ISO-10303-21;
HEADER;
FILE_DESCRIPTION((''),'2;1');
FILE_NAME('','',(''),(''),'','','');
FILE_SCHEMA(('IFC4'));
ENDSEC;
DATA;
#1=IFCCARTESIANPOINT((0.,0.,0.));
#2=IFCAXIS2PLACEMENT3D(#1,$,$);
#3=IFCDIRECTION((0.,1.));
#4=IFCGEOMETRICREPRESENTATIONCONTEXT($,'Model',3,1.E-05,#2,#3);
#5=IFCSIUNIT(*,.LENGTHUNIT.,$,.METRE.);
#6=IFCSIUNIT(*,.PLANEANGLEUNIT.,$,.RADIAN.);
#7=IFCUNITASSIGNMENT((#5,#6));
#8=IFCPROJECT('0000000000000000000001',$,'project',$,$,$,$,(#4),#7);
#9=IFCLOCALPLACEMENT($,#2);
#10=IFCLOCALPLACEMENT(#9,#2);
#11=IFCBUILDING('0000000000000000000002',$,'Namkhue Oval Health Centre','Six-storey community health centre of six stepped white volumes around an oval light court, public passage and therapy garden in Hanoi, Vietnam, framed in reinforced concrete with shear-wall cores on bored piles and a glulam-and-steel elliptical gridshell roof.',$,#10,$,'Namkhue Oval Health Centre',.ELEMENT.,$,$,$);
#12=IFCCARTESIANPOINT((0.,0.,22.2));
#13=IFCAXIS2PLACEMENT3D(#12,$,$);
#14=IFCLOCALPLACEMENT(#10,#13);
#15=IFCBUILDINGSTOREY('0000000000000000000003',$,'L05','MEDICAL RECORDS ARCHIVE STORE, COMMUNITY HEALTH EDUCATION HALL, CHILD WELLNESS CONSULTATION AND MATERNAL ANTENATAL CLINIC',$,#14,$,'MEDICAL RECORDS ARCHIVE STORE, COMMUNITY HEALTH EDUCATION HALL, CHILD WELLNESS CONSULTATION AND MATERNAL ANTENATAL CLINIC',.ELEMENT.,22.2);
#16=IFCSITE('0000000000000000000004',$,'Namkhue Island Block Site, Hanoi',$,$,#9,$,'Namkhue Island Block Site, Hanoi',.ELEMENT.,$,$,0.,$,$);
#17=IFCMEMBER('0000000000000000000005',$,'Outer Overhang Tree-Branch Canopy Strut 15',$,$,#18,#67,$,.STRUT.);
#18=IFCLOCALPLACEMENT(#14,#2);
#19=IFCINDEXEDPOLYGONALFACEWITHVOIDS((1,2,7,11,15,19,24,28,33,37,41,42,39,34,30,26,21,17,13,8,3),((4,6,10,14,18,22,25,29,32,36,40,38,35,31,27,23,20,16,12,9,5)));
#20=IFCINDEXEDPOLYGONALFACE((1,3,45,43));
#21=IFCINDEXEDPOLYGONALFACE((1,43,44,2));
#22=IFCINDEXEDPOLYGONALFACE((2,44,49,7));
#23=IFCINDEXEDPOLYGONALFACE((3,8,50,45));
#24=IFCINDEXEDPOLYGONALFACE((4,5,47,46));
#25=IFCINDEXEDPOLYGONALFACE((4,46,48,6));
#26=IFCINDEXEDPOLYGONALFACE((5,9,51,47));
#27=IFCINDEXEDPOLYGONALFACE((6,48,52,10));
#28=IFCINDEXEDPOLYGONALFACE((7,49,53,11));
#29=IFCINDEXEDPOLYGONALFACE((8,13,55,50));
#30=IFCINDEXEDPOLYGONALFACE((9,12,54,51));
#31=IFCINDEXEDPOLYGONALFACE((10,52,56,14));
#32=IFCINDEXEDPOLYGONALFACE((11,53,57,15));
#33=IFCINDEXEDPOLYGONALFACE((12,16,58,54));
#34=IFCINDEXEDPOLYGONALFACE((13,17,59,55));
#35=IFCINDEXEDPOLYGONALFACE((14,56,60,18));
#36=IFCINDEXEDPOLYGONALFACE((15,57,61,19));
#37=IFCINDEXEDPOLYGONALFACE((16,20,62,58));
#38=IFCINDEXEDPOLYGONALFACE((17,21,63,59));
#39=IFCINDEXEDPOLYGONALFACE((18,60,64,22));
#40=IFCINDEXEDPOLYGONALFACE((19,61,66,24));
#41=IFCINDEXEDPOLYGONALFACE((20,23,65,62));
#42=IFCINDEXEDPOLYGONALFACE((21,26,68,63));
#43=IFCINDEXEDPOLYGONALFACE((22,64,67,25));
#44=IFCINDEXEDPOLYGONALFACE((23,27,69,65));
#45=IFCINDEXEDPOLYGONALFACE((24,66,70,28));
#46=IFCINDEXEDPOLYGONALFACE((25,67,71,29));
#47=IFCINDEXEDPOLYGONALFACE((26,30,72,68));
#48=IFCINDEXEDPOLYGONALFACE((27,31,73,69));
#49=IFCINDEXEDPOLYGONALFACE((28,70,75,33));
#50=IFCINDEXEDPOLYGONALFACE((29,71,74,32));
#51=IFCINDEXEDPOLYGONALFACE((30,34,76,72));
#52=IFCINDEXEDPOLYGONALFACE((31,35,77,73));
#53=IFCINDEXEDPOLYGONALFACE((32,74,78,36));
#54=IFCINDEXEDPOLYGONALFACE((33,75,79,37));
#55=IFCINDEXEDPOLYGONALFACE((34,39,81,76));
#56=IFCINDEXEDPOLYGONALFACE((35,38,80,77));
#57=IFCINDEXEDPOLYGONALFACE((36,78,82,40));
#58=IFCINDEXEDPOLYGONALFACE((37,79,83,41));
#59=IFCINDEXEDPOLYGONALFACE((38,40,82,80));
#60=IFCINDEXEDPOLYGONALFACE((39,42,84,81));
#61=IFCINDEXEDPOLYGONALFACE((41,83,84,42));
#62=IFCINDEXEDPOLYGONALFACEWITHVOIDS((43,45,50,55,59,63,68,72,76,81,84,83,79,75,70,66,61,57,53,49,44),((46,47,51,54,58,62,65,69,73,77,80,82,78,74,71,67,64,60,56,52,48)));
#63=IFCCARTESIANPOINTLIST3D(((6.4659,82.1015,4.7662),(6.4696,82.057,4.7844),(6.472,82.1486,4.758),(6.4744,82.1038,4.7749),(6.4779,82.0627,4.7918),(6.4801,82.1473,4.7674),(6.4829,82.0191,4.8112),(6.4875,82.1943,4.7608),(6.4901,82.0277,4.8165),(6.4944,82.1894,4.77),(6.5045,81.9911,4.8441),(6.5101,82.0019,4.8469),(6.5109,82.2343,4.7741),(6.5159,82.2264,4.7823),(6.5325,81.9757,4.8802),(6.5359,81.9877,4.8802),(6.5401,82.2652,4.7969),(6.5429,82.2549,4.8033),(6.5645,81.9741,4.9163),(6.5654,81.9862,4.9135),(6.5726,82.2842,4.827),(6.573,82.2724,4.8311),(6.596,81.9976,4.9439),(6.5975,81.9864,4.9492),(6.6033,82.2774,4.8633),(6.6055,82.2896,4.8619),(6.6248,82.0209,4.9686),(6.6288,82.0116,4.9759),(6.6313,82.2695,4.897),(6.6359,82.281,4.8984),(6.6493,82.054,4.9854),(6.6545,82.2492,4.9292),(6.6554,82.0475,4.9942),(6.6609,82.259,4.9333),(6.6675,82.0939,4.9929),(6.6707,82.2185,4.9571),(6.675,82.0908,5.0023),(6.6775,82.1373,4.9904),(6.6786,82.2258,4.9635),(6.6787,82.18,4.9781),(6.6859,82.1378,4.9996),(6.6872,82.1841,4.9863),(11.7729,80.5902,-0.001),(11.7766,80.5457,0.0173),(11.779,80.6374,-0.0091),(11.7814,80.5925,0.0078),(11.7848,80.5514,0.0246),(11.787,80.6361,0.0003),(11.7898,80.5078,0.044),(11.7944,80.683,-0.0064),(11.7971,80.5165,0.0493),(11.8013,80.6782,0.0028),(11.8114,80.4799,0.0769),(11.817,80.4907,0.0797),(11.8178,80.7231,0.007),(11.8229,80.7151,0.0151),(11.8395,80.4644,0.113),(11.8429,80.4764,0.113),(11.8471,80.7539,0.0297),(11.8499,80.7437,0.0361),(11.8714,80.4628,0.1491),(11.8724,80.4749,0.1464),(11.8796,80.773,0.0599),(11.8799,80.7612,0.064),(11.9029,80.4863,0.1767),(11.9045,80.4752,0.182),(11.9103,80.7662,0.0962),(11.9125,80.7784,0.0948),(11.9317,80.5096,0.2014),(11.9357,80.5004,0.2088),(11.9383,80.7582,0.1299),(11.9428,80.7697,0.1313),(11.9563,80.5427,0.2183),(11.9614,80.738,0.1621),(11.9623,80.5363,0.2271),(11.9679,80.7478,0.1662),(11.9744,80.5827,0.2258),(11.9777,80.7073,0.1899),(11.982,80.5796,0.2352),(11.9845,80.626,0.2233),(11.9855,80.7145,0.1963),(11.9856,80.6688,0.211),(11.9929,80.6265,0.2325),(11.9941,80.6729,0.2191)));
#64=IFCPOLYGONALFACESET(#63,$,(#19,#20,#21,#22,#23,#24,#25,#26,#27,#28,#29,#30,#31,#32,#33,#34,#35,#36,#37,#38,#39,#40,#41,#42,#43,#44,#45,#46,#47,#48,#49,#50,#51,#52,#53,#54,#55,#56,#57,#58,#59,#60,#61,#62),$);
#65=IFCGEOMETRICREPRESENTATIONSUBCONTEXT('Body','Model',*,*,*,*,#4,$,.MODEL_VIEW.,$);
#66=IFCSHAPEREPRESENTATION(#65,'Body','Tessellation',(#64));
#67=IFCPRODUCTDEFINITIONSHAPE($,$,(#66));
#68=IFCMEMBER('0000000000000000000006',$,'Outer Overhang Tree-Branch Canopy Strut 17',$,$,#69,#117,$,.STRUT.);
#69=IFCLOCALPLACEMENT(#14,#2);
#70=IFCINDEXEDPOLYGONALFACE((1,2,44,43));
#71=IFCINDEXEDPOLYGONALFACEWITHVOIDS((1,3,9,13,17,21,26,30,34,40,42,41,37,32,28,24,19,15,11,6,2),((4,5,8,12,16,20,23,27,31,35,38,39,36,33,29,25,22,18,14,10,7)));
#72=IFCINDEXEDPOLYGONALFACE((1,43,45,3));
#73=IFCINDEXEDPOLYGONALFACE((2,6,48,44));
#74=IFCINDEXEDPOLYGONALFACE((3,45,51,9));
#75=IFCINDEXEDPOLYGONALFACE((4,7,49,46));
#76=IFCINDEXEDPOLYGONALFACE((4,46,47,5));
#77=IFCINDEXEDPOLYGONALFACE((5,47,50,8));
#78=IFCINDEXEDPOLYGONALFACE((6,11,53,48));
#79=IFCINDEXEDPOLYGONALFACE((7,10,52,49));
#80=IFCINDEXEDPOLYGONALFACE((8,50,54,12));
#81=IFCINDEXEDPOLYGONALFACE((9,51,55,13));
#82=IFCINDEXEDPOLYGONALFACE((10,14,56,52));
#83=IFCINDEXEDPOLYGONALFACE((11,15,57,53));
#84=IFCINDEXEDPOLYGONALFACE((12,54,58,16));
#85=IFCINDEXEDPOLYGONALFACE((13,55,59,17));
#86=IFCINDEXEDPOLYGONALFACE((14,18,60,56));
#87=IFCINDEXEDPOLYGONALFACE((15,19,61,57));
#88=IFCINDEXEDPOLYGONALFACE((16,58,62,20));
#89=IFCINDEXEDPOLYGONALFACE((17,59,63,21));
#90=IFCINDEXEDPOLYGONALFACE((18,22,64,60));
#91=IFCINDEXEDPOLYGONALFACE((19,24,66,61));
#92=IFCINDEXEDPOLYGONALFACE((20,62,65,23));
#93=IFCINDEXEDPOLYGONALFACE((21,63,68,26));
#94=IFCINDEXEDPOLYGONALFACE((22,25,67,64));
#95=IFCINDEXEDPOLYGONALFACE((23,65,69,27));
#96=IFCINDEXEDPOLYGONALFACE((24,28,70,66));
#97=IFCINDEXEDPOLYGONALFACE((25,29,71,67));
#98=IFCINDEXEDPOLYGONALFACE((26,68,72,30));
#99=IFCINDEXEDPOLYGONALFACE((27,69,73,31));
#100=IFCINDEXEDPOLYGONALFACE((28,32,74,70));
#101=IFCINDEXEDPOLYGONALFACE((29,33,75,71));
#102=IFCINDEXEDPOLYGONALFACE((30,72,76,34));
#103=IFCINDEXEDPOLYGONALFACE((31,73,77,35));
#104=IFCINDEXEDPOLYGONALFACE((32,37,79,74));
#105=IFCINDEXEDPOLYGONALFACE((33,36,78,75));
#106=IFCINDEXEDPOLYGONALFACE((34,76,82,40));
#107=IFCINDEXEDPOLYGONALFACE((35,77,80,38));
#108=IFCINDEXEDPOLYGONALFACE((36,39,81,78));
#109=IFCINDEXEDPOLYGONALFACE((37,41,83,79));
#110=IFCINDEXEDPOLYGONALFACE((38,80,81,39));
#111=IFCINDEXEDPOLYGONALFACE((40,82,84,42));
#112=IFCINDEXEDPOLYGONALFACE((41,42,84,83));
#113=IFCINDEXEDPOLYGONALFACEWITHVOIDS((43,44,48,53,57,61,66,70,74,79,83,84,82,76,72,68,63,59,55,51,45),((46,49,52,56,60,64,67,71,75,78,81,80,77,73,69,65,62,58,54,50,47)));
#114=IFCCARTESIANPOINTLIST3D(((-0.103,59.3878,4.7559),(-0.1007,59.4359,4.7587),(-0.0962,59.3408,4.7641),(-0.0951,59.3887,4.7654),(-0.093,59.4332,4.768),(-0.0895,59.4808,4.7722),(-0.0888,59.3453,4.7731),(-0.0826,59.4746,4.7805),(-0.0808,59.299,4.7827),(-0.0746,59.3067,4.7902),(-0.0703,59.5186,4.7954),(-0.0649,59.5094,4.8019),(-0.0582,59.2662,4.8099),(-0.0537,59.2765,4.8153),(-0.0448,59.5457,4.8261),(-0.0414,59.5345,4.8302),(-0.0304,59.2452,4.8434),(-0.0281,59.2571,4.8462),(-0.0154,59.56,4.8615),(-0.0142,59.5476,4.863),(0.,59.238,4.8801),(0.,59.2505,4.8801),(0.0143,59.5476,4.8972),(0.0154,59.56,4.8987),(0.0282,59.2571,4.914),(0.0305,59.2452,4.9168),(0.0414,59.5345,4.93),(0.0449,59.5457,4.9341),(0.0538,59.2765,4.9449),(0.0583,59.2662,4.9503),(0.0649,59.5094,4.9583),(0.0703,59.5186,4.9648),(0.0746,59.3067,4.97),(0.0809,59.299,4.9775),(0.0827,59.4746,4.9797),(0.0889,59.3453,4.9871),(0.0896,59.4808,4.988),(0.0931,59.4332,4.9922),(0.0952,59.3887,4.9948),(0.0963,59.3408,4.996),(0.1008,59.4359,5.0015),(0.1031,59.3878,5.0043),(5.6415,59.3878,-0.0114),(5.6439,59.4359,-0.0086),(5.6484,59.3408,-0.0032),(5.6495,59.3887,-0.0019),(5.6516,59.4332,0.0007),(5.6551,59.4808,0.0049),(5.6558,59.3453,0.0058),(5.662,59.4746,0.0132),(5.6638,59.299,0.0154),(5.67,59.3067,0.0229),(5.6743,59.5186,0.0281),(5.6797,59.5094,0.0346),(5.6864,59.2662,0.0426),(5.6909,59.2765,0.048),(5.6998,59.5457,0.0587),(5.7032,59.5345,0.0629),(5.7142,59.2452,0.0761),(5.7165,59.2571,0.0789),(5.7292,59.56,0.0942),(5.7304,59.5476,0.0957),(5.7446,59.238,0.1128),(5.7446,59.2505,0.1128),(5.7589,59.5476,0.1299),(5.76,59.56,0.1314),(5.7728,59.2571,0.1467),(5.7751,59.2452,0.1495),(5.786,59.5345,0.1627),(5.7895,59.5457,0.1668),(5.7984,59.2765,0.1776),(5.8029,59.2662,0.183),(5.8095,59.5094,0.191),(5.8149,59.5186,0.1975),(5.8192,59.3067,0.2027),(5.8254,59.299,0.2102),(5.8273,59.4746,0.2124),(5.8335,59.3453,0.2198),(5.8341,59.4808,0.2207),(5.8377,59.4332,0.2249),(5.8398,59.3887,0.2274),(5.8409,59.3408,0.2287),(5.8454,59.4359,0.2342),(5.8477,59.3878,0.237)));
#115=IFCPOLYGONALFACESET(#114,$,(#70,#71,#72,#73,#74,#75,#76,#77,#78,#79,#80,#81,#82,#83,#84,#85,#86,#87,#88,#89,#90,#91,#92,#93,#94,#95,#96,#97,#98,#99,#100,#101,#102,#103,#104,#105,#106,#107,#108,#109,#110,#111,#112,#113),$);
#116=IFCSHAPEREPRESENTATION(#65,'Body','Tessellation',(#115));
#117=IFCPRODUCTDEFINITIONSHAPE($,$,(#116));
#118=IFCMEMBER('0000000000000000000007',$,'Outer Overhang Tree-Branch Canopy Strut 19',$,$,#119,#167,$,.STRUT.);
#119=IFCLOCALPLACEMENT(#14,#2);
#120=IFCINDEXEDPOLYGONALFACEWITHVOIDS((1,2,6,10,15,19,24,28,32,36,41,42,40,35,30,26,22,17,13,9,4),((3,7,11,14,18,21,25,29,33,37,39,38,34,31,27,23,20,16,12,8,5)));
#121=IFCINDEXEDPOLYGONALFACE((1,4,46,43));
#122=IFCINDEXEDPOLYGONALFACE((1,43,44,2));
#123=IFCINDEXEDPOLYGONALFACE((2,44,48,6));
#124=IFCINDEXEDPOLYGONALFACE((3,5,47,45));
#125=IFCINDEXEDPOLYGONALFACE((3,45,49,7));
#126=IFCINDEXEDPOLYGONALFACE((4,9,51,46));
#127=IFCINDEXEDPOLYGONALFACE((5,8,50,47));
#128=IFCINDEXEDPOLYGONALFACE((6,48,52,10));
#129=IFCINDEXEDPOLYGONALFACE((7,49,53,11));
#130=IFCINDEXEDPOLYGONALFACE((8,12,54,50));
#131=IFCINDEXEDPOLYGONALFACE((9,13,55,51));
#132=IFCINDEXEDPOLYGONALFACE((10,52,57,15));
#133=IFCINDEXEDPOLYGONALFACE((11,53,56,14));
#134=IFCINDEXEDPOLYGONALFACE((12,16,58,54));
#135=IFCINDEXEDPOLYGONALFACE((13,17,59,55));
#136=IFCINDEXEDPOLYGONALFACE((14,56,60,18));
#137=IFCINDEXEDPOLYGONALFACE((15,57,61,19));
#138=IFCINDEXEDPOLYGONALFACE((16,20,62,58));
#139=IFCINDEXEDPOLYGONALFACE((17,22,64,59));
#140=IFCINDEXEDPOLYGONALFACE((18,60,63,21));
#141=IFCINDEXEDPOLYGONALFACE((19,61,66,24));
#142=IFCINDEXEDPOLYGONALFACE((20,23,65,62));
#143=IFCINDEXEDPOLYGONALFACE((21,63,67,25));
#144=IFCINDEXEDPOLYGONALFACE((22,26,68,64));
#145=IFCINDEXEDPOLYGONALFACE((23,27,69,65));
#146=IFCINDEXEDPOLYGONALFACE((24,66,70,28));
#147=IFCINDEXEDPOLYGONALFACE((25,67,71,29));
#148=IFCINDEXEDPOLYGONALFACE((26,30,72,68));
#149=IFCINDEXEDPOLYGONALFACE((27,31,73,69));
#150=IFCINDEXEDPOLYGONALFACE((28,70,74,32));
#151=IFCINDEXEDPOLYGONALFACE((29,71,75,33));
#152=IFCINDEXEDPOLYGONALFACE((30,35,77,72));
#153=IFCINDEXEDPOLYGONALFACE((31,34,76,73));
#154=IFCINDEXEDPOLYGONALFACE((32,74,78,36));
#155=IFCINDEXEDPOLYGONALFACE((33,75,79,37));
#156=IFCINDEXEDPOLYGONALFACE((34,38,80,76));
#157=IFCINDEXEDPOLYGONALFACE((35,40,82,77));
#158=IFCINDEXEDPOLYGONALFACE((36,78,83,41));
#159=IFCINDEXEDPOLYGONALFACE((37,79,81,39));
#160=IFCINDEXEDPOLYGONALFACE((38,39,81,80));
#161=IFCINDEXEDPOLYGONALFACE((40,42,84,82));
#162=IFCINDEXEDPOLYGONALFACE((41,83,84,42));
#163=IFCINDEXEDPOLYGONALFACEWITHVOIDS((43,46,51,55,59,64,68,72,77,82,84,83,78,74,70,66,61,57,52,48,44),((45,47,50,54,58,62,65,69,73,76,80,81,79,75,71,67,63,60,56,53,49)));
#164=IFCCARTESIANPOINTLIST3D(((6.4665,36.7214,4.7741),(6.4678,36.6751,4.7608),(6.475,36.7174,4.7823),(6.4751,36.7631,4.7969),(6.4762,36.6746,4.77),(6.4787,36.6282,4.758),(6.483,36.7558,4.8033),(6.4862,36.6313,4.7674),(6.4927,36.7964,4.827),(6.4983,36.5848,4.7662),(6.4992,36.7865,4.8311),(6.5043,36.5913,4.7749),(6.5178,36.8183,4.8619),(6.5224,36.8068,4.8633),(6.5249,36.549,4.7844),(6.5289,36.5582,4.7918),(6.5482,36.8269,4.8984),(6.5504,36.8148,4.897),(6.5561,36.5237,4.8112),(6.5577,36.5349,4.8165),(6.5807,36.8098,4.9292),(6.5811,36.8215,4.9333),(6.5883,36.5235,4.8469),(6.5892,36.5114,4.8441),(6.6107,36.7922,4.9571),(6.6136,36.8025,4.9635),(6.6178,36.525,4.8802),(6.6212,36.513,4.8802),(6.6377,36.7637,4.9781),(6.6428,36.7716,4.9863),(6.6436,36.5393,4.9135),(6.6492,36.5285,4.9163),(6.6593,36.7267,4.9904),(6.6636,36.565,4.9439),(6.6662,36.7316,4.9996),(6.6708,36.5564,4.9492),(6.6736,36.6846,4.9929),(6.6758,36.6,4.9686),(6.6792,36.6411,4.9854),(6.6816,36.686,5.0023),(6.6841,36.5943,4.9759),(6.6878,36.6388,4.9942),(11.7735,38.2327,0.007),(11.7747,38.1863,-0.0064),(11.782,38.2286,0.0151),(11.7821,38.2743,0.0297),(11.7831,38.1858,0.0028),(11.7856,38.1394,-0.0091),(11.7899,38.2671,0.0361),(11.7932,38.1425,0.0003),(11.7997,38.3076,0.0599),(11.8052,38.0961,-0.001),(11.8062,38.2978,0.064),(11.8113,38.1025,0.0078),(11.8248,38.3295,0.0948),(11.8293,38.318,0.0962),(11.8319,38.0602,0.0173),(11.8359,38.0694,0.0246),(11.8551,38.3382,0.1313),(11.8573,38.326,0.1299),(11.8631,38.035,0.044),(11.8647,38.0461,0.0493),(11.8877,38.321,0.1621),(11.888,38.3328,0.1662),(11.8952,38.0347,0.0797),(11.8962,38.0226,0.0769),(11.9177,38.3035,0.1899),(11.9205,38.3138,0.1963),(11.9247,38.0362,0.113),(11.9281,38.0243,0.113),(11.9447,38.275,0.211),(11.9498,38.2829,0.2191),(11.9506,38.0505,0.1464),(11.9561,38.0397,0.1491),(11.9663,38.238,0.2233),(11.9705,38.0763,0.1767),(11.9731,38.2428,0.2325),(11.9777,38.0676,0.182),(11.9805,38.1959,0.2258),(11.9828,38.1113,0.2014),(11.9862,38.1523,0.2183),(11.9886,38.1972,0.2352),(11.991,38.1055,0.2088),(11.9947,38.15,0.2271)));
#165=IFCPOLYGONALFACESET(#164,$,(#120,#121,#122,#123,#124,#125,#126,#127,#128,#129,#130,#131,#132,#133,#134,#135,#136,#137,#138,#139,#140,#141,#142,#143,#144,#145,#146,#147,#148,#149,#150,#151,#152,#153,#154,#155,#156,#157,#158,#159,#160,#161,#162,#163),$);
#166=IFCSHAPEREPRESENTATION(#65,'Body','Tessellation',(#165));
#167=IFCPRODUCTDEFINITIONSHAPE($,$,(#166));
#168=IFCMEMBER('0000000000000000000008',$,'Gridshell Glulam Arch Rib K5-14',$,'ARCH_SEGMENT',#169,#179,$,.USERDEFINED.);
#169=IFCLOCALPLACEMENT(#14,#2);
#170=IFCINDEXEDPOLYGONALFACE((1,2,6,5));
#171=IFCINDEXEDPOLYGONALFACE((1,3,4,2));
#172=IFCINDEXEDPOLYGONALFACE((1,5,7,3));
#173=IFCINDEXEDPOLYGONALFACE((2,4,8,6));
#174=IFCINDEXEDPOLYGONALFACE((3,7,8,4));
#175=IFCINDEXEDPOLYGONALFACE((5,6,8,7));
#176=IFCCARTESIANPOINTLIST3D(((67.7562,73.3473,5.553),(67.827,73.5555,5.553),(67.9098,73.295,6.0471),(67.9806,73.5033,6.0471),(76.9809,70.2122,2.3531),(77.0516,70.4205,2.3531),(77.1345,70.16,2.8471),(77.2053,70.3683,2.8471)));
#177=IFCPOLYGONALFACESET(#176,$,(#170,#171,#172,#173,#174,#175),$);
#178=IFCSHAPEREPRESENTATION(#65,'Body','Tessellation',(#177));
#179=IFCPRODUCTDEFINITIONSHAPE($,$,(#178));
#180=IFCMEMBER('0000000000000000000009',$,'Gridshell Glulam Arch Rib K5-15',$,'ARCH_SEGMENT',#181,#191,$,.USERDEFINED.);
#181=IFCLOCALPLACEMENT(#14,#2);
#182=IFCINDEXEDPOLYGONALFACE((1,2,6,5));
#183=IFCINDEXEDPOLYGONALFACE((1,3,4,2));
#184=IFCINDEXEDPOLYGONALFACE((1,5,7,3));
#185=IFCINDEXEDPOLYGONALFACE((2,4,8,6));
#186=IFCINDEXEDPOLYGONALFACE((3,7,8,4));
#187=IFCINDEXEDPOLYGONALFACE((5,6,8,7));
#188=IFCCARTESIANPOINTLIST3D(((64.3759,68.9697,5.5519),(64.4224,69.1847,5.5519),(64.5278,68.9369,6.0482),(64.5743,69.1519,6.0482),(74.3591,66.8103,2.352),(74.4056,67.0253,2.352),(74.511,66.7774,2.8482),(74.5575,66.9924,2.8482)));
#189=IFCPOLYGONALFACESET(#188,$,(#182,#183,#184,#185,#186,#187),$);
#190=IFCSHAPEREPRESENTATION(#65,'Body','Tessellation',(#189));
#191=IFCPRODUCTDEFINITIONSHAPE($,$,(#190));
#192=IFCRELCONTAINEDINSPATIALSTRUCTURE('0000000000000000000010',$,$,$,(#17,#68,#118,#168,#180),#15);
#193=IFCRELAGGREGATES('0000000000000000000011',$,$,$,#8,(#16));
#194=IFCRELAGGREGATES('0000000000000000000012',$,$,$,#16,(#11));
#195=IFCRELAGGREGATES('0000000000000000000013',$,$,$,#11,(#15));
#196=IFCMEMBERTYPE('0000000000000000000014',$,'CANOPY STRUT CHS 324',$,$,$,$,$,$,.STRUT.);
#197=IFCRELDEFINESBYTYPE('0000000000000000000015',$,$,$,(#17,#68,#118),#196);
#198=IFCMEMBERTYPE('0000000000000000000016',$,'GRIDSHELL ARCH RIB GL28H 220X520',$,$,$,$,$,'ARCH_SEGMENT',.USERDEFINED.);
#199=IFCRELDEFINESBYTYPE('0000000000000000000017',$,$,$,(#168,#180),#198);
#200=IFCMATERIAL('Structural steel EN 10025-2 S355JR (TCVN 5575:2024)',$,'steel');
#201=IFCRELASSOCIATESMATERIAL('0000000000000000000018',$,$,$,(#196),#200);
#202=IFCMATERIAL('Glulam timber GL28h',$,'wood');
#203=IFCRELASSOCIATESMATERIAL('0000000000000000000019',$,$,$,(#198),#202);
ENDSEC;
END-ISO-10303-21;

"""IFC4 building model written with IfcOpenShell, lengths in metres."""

from ifc_helpers import new_model, si_unit, direction, frame, origin, origin_2d, place, context, subcontext, project, spatial, rectangle, hollow_circle, extrude, material, material_profile, profile_set, type_object, element, save


model = new_model("IFC4")

# Units and contexts
model_context = context("Model", 3, precision=1e-05, world=origin(), true_north=direction((0.0, 1.0)))
body_context = subcontext(model_context, "Body", "Model", "MODEL_VIEW")
ifc_project = project(units=[si_unit("LENGTHUNIT", "METRE"), si_unit("PLANEANGLEUNIT", "RADIAN")], contexts=[model_context])

# Site, building, storey
site_placement = place(None, origin())
site = spatial("IfcSite", under=ifc_project, at=site_placement, Name="Namkhue Island Block Site, Hanoi", LongName="Namkhue Island Block Site, Hanoi", CompositionType="ELEMENT", RefElevation=0.0)
building_placement = place(site_placement, origin())
building = spatial("IfcBuilding", under=site, at=building_placement, Name="Namkhue Oval Health Centre", Description="Six-storey community health centre of six stepped white volumes around an oval light court, public passage and therapy garden in Hanoi, Vietnam, framed in reinforced concrete with shear-wall cores on bored piles and a glulam-and-steel elliptical gridshell roof.", LongName="Namkhue Oval Health Centre", CompositionType="ELEMENT")
storey_placement = place(building_placement, frame((0.0, 0.0, 22.2)))
storey = spatial("IfcBuildingStorey", under=building, at=storey_placement, Name="L05", Description="MEDICAL RECORDS ARCHIVE STORE, COMMUNITY HEALTH EDUCATION HALL, CHILD WELLNESS CONSULTATION AND MATERNAL ANTENATAL CLINIC", LongName="MEDICAL RECORDS ARCHIVE STORE, COMMUNITY HEALTH EDUCATION HALL, CHILD WELLNESS CONSULTATION AND MATERNAL ANTENATAL CLINIC", CompositionType="ELEMENT", Elevation=22.2)

# Members
ifc_material_1 = material(Name="Structural steel EN 10025-2 S355JR (TCVN 5575:2024)", Category="steel")
ifc_material_profile_1 = material_profile(ifc_material_1, hollow_circle(Radius=0.1619, WallThickness=0.0125, at=origin_2d()), Name="CHS 323.9x12.5")
ifc_profile_set_1 = profile_set([ifc_material_profile_1], Name="Structural steel EN 10025-2 S355JR (TCVN 5575:2024)")
member_type_1 = type_object("IfcMemberType", Name="CANOPY STRUT CHS 324", PredefinedType="STRUT", material=ifc_profile_set_1)
member_1_placement = place(storey_placement, frame((11.8838, 80.6201, 0.113), z_axis=(-0.727777, 0.207247, 0.65375), x_axis=(-0.27388, -0.961764, 0.0)))
element("IfcMember", 1, at=member_1_placement, inside=storey, type_object=member_type_1, Name="Outer Overhang Tree-Branch Canopy Strut 15", PredefinedType="STRUT", context=body_context, shape_type="SweptSolid", body=[
    extrude(hollow_circle(Radius=0.1619, WallThickness=0.0125, at=origin_2d()), origin(), (0.0, 0.0, 1.0), 7.292),
])
member_2_placement = place(storey_placement, frame((5.7446, 59.3999, 0.1128), z_axis=(-0.769528, 0.0, 0.638613), x_axis=(0.0, -1.0, 0.0)))
element("IfcMember", 2, at=member_2_placement, inside=storey, type_object=member_type_1, Name="Outer Overhang Tree-Branch Canopy Strut 17", PredefinedType="STRUT", context=body_context, shape_type="SweptSolid", body=[
    extrude(hollow_circle(Radius=0.1619, WallThickness=0.0125, at=origin_2d()), origin(), (0.0, 0.0, 1.0), 7.4651),
])
member_3_placement = place(storey_placement, frame((11.8838, 38.1799, 0.113), z_axis=(-0.727777, -0.207247, 0.65375), x_axis=(0.27388, -0.961764, 0.0)))
element("IfcMember", 3, at=member_3_placement, inside=storey, type_object=member_type_1, Name="Outer Overhang Tree-Branch Canopy Strut 19", PredefinedType="STRUT", context=body_context, shape_type="SweptSolid", body=[
    extrude(hollow_circle(Radius=0.1619, WallThickness=0.0125, at=origin_2d()), origin(), (0.0, 0.0, 1.0), 7.292),
])
ifc_material_2 = material(Name="Glulam timber GL28h", Category="wood")
ifc_material_profile_2 = material_profile(ifc_material_2, rectangle(XDim=0.22, YDim=0.52, at=origin_2d()), Name="GL28h 220x520")
ifc_profile_set_2 = profile_set([ifc_material_profile_2], Name="Glulam timber GL28h")
member_type_2 = type_object("IfcMemberType", Name="GRIDSHELL ARCH RIB GL28H 220X520", ElementType="ARCH_SEGMENT", PredefinedType="USERDEFINED", material=ifc_profile_set_2)
member_4_placement = place(storey_placement, frame((67.8684, 73.4253, 5.8), z_axis=(0.899539, -0.305711, -0.312044), x_axis=(0.321778, 0.946815, 0.0)))
element("IfcMember", 4, at=member_4_placement, inside=storey, type_object=member_type_2, Name="Gridshell Glulam Arch Rib K5-14", ObjectType="ARCH_SEGMENT", PredefinedType="USERDEFINED", context=body_context, shape_type="SweptSolid", body=[
    extrude(rectangle(XDim=0.22, YDim=0.52, at=origin_2d()), origin(), (0.0, 0.0, 1.0), 10.2549),
])
member_5_placement = place(storey_placement, frame((64.4751, 69.0608, 5.8), z_axis=(0.932695, -0.201748, -0.298961), x_axis=(0.211417, 0.977396, 0.0)))
element("IfcMember", 5, at=member_5_placement, inside=storey, type_object=member_type_2, Name="Gridshell Glulam Arch Rib K5-15", ObjectType="ARCH_SEGMENT", PredefinedType="USERDEFINED", context=body_context, shape_type="SweptSolid", body=[
    extrude(rectangle(XDim=0.22, YDim=0.52, at=origin_2d()), origin(), (0.0, 0.0, 1.0), 10.7036),
])

save(model, "model.ifc")
